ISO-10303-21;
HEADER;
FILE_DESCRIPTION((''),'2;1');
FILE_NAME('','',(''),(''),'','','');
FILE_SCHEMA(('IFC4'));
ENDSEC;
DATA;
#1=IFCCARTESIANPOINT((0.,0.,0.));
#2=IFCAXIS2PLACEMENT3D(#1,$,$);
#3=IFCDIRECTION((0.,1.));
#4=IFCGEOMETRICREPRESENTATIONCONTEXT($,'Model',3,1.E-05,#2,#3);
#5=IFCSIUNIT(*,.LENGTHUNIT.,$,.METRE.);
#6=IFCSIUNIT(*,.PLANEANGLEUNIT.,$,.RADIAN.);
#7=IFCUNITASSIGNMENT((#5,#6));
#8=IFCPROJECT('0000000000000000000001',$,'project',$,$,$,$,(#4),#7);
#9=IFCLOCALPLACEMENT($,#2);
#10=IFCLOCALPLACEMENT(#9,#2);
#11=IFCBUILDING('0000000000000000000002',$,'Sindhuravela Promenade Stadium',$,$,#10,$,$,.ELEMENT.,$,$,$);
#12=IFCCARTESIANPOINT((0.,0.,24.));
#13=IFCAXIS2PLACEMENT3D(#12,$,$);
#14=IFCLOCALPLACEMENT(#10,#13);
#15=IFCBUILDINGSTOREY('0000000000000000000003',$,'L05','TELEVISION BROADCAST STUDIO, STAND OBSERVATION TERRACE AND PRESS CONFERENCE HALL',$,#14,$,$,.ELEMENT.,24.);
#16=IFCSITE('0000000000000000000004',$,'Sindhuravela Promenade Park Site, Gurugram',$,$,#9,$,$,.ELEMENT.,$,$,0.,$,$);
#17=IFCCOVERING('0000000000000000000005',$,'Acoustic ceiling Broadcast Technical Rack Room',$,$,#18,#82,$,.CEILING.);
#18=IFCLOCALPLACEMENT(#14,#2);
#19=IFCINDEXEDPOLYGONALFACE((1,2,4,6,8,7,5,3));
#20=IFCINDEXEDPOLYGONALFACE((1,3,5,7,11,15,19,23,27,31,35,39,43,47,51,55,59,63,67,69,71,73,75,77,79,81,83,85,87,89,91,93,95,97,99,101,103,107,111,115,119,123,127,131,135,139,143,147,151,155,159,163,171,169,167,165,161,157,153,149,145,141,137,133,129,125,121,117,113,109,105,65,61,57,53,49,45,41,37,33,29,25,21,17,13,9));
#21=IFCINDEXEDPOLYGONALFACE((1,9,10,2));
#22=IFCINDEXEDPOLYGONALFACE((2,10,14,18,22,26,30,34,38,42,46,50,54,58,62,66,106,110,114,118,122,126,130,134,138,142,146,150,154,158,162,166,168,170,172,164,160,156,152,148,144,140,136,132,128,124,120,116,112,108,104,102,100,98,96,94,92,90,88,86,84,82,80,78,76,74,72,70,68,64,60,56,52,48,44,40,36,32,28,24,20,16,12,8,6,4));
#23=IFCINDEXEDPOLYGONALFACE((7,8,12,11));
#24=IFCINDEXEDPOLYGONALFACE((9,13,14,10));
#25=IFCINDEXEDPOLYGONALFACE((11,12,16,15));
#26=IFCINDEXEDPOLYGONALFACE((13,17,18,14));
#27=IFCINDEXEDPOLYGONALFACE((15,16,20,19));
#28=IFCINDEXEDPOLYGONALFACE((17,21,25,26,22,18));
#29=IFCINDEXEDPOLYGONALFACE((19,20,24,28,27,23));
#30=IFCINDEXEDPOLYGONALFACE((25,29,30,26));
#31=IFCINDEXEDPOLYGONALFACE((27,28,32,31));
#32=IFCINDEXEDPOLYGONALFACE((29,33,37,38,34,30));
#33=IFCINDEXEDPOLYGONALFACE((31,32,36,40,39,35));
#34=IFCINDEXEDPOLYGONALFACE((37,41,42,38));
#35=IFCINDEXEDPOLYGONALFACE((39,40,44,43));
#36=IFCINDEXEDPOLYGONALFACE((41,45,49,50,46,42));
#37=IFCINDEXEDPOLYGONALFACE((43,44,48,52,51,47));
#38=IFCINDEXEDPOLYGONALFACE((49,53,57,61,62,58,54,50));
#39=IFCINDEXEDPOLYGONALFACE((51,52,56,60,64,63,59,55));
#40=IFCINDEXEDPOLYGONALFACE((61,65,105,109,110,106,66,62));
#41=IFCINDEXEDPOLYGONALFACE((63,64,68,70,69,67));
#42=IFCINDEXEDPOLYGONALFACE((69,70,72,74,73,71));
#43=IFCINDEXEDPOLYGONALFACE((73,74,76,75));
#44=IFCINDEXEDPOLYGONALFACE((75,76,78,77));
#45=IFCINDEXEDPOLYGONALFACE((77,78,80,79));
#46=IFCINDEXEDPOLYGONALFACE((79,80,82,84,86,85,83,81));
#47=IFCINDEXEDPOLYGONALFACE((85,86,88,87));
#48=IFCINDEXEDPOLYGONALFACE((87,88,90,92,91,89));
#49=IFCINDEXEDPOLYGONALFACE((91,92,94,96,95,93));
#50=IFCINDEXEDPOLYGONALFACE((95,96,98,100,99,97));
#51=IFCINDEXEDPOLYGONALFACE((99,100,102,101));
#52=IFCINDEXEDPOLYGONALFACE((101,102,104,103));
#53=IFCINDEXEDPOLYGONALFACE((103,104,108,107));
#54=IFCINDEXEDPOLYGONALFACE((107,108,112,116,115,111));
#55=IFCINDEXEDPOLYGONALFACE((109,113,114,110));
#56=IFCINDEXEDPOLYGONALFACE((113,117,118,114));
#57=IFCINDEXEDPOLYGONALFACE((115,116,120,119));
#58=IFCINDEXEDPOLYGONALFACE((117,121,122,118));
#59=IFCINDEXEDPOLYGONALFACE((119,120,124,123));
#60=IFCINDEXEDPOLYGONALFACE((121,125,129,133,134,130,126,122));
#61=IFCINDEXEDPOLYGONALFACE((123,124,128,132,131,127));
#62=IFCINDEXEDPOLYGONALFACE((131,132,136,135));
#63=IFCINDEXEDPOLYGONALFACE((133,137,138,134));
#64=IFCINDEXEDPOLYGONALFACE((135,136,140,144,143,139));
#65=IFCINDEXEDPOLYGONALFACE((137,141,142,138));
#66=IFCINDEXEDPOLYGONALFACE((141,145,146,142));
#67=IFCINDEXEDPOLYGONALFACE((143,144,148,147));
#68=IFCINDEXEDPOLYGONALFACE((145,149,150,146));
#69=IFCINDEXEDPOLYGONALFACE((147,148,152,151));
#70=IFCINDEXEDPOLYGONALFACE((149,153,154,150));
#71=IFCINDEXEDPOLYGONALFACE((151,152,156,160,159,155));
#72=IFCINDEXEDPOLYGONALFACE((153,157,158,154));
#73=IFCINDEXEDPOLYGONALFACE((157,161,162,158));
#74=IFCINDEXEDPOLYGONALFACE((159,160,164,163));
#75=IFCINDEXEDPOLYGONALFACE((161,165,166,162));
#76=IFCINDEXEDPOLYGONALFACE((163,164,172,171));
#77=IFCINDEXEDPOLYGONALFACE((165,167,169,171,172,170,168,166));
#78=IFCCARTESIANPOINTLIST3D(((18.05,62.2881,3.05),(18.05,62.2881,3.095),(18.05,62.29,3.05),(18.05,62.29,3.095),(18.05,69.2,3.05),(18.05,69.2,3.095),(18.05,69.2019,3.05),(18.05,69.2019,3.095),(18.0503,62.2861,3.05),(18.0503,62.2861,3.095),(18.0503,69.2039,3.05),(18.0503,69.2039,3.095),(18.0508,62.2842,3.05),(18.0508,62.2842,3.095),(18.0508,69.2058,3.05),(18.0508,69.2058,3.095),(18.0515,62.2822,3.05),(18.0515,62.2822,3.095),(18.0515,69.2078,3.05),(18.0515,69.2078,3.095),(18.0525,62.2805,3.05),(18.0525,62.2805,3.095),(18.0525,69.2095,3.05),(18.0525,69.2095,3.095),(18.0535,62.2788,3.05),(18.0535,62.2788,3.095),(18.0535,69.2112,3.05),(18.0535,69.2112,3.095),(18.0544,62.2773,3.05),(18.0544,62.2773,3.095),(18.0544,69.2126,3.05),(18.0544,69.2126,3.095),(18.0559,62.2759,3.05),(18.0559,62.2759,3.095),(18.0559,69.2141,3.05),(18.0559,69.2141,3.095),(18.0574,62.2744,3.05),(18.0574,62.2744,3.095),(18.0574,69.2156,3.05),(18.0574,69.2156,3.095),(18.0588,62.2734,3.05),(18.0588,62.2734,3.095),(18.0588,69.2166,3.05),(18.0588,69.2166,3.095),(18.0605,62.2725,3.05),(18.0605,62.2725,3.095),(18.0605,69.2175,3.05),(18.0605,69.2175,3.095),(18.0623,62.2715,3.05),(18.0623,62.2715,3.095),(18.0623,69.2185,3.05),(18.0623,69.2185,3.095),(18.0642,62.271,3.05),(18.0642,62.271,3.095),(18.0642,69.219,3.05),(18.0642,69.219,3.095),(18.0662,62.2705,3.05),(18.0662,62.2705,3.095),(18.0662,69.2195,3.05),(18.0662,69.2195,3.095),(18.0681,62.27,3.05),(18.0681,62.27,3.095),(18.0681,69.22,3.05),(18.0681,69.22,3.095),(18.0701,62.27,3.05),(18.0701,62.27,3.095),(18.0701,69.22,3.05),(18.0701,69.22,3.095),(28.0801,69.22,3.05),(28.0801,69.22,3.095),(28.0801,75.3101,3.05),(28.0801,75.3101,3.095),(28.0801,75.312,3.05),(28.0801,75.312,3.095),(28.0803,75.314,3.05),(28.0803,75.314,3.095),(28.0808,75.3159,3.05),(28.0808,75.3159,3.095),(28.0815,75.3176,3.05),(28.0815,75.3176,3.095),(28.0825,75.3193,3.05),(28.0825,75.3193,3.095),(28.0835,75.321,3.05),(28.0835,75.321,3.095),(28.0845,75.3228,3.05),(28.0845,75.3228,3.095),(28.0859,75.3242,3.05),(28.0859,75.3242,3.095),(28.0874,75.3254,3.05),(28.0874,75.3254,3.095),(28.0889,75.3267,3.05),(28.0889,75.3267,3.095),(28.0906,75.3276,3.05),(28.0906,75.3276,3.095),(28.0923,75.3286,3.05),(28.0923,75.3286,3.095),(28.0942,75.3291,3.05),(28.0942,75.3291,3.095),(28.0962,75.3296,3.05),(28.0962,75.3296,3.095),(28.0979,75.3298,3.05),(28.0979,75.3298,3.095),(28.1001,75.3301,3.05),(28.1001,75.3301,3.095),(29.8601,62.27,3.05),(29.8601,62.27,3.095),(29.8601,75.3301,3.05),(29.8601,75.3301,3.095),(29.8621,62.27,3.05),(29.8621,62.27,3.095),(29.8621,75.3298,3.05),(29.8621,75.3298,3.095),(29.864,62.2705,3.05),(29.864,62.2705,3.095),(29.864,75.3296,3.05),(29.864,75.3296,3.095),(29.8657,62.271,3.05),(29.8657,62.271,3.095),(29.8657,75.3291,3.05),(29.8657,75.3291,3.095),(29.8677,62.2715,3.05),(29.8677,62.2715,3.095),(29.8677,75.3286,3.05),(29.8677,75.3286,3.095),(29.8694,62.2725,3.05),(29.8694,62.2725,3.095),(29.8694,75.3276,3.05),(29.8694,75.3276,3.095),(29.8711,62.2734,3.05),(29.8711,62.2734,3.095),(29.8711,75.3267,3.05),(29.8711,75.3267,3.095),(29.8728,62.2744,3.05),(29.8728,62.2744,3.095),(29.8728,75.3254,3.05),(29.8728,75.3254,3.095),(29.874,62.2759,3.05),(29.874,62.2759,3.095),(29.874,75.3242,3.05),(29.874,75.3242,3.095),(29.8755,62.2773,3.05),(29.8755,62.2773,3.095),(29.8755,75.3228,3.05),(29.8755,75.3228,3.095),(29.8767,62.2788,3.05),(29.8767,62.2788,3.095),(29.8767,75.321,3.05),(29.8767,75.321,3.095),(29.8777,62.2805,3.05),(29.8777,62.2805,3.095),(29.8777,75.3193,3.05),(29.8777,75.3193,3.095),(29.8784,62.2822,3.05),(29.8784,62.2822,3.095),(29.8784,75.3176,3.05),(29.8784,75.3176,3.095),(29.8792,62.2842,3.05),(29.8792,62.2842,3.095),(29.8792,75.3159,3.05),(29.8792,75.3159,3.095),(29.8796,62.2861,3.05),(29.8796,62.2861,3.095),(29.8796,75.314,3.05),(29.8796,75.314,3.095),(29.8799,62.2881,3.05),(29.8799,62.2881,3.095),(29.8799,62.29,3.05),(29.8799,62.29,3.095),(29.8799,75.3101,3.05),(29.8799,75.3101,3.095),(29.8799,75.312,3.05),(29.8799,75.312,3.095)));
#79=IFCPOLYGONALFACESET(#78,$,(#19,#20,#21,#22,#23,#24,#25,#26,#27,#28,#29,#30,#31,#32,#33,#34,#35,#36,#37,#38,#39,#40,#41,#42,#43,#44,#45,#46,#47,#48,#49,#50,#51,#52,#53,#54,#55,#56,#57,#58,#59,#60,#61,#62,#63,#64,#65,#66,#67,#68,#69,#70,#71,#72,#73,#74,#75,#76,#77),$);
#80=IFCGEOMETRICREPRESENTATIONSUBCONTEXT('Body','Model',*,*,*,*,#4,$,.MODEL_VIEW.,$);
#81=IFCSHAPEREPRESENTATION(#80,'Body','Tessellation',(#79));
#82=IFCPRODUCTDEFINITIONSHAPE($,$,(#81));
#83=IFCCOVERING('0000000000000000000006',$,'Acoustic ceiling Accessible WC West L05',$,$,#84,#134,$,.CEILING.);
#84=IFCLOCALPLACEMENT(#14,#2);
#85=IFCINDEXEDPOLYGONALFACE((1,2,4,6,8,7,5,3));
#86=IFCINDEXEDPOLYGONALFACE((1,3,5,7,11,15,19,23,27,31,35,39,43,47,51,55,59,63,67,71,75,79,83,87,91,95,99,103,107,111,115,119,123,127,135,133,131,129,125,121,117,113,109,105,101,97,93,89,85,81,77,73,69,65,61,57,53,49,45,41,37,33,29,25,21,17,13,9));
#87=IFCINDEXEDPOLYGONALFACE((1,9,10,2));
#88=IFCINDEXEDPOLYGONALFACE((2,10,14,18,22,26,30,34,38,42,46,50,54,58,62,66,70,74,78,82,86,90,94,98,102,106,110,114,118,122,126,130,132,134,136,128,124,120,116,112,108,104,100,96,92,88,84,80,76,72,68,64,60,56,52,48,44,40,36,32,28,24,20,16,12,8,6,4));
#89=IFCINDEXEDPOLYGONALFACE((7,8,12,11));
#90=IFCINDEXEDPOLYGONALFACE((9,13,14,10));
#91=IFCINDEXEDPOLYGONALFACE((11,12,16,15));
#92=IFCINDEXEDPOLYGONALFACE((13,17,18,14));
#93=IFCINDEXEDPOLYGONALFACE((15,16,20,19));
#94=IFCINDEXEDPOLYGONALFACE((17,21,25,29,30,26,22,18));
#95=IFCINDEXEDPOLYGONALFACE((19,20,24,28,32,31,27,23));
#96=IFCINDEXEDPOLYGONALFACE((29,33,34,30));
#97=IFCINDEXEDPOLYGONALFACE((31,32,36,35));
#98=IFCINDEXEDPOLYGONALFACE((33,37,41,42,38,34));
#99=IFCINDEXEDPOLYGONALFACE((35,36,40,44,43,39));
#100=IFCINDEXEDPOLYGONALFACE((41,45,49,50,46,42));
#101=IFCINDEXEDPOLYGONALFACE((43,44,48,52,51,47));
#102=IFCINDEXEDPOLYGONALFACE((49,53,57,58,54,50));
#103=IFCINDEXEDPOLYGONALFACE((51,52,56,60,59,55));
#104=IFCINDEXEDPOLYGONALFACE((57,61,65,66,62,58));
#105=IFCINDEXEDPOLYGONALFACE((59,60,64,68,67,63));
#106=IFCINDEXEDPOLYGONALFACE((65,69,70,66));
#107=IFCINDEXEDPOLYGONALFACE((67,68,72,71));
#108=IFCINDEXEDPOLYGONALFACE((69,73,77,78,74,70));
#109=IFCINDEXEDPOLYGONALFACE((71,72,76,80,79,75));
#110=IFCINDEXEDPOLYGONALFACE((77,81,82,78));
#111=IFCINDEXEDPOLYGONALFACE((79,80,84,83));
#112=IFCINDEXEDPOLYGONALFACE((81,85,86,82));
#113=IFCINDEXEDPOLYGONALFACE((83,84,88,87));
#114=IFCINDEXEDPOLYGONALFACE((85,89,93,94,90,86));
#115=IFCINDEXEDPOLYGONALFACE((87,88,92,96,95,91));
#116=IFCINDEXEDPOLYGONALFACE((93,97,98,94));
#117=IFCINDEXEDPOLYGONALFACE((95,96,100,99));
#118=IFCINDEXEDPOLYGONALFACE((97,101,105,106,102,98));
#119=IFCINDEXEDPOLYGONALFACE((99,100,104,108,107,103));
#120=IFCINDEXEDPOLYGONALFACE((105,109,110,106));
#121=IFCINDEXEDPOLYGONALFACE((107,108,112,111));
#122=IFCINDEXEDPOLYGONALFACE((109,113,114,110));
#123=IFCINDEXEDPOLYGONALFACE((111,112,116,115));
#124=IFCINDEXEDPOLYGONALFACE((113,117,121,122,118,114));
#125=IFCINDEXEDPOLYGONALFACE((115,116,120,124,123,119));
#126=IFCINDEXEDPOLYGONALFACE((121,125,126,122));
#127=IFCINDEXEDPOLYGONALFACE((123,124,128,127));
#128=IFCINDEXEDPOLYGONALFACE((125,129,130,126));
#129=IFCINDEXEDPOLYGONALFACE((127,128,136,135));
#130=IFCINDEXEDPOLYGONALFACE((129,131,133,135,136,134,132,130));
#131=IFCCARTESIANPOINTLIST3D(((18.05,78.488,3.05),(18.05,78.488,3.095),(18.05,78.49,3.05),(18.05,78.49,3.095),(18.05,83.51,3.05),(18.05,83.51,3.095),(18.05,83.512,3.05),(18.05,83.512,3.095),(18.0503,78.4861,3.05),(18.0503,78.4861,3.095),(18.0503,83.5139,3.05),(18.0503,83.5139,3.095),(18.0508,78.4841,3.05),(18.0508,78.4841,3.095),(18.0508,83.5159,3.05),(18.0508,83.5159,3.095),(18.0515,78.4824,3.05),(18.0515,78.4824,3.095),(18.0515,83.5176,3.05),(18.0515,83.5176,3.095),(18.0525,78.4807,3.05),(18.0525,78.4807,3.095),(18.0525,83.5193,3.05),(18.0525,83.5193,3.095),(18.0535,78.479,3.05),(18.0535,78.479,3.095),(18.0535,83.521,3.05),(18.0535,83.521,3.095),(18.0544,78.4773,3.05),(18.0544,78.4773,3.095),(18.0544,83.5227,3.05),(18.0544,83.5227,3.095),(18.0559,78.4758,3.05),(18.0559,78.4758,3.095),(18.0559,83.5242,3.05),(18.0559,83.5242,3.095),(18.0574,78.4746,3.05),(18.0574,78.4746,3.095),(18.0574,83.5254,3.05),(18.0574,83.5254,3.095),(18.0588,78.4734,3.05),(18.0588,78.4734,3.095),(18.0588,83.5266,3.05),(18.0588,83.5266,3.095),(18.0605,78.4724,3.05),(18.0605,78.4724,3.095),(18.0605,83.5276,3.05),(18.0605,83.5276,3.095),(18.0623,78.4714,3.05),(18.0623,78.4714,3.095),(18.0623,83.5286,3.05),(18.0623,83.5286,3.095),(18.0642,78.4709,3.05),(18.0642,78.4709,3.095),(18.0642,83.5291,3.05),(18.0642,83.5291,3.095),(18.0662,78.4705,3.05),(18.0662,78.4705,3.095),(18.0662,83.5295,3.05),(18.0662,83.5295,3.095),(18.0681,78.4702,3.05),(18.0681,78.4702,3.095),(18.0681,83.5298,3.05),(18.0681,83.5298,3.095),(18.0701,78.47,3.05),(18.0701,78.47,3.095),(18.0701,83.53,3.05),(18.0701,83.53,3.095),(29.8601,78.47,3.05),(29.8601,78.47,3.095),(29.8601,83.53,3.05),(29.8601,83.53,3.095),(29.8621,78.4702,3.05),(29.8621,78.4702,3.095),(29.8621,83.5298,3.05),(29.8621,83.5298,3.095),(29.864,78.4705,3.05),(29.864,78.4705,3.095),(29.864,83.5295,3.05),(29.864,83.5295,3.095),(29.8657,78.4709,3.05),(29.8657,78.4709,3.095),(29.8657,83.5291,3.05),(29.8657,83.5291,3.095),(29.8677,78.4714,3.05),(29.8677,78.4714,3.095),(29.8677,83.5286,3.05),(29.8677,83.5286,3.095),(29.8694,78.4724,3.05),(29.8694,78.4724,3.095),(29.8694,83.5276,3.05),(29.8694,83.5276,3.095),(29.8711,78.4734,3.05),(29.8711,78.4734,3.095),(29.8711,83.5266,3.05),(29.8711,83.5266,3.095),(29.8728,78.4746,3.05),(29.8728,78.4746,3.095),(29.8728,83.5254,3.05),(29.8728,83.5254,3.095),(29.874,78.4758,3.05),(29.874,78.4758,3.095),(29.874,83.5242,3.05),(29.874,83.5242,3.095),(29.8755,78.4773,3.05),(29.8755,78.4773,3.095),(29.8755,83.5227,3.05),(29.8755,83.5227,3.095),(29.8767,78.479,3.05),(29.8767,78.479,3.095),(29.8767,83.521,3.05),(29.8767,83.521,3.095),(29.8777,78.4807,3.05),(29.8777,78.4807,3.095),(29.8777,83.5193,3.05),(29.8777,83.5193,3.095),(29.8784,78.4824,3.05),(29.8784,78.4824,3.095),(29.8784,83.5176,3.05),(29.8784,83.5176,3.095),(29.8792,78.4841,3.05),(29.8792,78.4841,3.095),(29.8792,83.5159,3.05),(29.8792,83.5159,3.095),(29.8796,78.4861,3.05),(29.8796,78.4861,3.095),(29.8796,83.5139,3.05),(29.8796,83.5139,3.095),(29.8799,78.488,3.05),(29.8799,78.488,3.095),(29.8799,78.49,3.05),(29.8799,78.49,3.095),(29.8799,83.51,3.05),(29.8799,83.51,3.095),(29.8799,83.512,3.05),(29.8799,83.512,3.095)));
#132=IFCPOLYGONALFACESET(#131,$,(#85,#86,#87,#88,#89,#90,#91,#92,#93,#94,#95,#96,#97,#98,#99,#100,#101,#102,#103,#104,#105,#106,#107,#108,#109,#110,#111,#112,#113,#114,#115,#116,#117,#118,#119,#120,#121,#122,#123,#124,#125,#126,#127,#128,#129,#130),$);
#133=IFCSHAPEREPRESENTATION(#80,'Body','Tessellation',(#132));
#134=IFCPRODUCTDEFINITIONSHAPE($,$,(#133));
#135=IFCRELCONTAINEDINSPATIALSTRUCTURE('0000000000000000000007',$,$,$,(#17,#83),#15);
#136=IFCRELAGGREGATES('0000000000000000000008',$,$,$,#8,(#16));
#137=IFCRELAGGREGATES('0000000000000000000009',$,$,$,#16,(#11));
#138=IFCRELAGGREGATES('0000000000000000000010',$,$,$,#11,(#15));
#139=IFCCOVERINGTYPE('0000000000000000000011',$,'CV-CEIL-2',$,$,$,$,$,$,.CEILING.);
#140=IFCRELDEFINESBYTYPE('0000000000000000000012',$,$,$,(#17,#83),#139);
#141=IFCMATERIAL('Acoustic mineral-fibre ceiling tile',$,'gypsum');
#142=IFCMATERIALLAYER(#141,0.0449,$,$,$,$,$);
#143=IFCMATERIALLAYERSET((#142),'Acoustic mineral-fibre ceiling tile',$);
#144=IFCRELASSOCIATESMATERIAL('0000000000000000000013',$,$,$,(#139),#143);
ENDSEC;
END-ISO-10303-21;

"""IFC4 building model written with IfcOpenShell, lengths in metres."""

from ifc_helpers import new_model, si_unit, direction, frame, origin, place, context, subcontext, project, spatial, polyline, outline, extrude, material, layer, layer_set, type_object, element, save


model = new_model("IFC4")

# Units and contexts
model_context = context("Model", 3, precision=1e-05, world=origin(), true_north=direction((0.0, 1.0)))
body_context = subcontext(model_context, "Body", "Model", "MODEL_VIEW")
ifc_project = project(units=[si_unit("LENGTHUNIT", "METRE"), si_unit("PLANEANGLEUNIT", "RADIAN")], contexts=[model_context])

# Site, building, storey
site_placement = place(None, origin())
site = spatial("IfcSite", under=ifc_project, at=site_placement, Name="Sindhuravela Promenade Park Site, Gurugram", CompositionType="ELEMENT", RefElevation=0.0)
building_placement = place(site_placement, origin())
building = spatial("IfcBuilding", under=site, at=building_placement, Name="Sindhuravela Promenade Stadium", CompositionType="ELEMENT")
storey_placement = place(building_placement, frame((0.0, 0.0, 24.0)))
storey = spatial("IfcBuildingStorey", under=building, at=storey_placement, Name="L05", Description="TELEVISION BROADCAST STUDIO, STAND OBSERVATION TERRACE AND PRESS CONFERENCE HALL", CompositionType="ELEMENT", Elevation=24.0)

# Coverings
ifc_material_1 = material(Name="Acoustic mineral-fibre ceiling tile", Category="gypsum")
ifc_layer_1 = layer(ifc_material_1, 0.0449)
ifc_layer_set_1 = layer_set([ifc_layer_1], Name="Acoustic mineral-fibre ceiling tile")
covering_type_1 = type_object("IfcCoveringType", Name="CV-CEIL-2", PredefinedType="CEILING", material=ifc_layer_set_1)
covering_1_placement = place(storey_placement, frame((0.0, 0.0, 3.05)))
element("IfcCovering", 1, at=covering_1_placement, inside=storey, type_object=covering_type_1, Name="Acoustic ceiling Broadcast Technical Rack Room", PredefinedType="CEILING", context=body_context, shape_type="SweptSolid", body=[
    extrude(outline(polyline([(28.0801, 75.3101), (28.0801, 75.312), (28.0803, 75.314), (28.0808, 75.3159), (28.0815, 75.3176), (28.0825, 75.3193), (28.0835, 75.321), (28.0845, 75.3228), (28.0859, 75.3242), (28.0874, 75.3254), (28.0889, 75.3267), (28.0906, 75.3276), (28.0923, 75.3286), (28.0942, 75.3291), (28.0962, 75.3296), (28.0979, 75.3298), (28.1001, 75.3301), (29.8601, 75.3301), (29.8621, 75.3298), (29.864, 75.3296), (29.8657, 75.3291), (29.8677, 75.3286), (29.8694, 75.3276), (29.8711, 75.3267), (29.8728, 75.3254), (29.874, 75.3242), (29.8755, 75.3228), (29.8767, 75.321), (29.8777, 75.3193), (29.8784, 75.3176), (29.8792, 75.3159), (29.8796, 75.314), (29.8799, 75.312), (29.8799, 75.3101), (29.8799, 62.29), (29.8799, 62.2881), (29.8796, 62.2861), (29.8792, 62.2842), (29.8784, 62.2822), (29.8777, 62.2805), (29.8767, 62.2788), (29.8755, 62.2773), (29.874, 62.2759), (29.8728, 62.2744), (29.8711, 62.2734), (29.8694, 62.2725), (29.8677, 62.2715), (29.8657, 62.271), (29.864, 62.2705), (29.8621, 62.27), (29.8601, 62.27), (18.0701, 62.27), (18.0681, 62.27), (18.0662, 62.2705), (18.0642, 62.271), (18.0623, 62.2715), (18.0605, 62.2725), (18.0588, 62.2734), (18.0574, 62.2744), (18.0559, 62.2759), (18.0544, 62.2773), (18.0535, 62.2788), (18.0525, 62.2805), (18.0515, 62.2822), (18.0508, 62.2842), (18.0503, 62.2861), (18.05, 62.2881), (18.05, 62.29), (18.05, 69.2), (18.05, 69.2019), (18.0503, 69.2039), (18.0508, 69.2058), (18.0515, 69.2078), (18.0525, 69.2095), (18.0535, 69.2112), (18.0544, 69.2126), (18.0559, 69.2141), (18.0574, 69.2156), (18.0588, 69.2166), (18.0605, 69.2175), (18.0623, 69.2185), (18.0642, 69.219), (18.0662, 69.2195), (18.0681, 69.22), (18.0701, 69.22), (28.0801, 69.22), (28.0801, 75.3101)])), origin(), (0.0, 0.0, 1.0), 0.0449),
])
covering_2_placement = place(storey_placement, frame((0.0, 0.0, 3.05)))
element("IfcCovering", 2, at=covering_2_placement, inside=storey, type_object=covering_type_1, Name="Acoustic ceiling Accessible WC West L05", PredefinedType="CEILING", context=body_context, shape_type="SweptSolid", body=[
    extrude(outline(polyline([(29.8601, 83.53), (29.8621, 83.5298), (29.864, 83.5295), (29.8657, 83.5291), (29.8677, 83.5286), (29.8694, 83.5276), (29.8711, 83.5266), (29.8728, 83.5254), (29.874, 83.5242), (29.8755, 83.5227), (29.8767, 83.521), (29.8777, 83.5193), (29.8784, 83.5176), (29.8792, 83.5159), (29.8796, 83.5139), (29.8799, 83.512), (29.8799, 83.51), (29.8799, 78.49), (29.8799, 78.488), (29.8796, 78.4861), (29.8792, 78.4841), (29.8784, 78.4824), (29.8777, 78.4807), (29.8767, 78.479), (29.8755, 78.4773), (29.874, 78.4758), (29.8728, 78.4746), (29.8711, 78.4734), (29.8694, 78.4724), (29.8677, 78.4714), (29.8657, 78.4709), (29.864, 78.4705), (29.8621, 78.4702), (29.8601, 78.47), (18.0701, 78.47), (18.0681, 78.4702), (18.0662, 78.4705), (18.0642, 78.4709), (18.0623, 78.4714), (18.0605, 78.4724), (18.0588, 78.4734), (18.0574, 78.4746), (18.0559, 78.4758), (18.0544, 78.4773), (18.0535, 78.479), (18.0525, 78.4807), (18.0515, 78.4824), (18.0508, 78.4841), (18.0503, 78.4861), (18.05, 78.488), (18.05, 78.49), (18.05, 83.51), (18.05, 83.512), (18.0503, 83.5139), (18.0508, 83.5159), (18.0515, 83.5176), (18.0525, 83.5193), (18.0535, 83.521), (18.0544, 83.5227), (18.0559, 83.5242), (18.0574, 83.5254), (18.0588, 83.5266), (18.0605, 83.5276), (18.0623, 83.5286), (18.0642, 83.5291), (18.0662, 83.5295), (18.0681, 83.5298), (18.0701, 83.53), (29.8601, 83.53)])), origin(), (0.0, 0.0, 1.0), 0.0449),
])

save(model, "model.ifc")
